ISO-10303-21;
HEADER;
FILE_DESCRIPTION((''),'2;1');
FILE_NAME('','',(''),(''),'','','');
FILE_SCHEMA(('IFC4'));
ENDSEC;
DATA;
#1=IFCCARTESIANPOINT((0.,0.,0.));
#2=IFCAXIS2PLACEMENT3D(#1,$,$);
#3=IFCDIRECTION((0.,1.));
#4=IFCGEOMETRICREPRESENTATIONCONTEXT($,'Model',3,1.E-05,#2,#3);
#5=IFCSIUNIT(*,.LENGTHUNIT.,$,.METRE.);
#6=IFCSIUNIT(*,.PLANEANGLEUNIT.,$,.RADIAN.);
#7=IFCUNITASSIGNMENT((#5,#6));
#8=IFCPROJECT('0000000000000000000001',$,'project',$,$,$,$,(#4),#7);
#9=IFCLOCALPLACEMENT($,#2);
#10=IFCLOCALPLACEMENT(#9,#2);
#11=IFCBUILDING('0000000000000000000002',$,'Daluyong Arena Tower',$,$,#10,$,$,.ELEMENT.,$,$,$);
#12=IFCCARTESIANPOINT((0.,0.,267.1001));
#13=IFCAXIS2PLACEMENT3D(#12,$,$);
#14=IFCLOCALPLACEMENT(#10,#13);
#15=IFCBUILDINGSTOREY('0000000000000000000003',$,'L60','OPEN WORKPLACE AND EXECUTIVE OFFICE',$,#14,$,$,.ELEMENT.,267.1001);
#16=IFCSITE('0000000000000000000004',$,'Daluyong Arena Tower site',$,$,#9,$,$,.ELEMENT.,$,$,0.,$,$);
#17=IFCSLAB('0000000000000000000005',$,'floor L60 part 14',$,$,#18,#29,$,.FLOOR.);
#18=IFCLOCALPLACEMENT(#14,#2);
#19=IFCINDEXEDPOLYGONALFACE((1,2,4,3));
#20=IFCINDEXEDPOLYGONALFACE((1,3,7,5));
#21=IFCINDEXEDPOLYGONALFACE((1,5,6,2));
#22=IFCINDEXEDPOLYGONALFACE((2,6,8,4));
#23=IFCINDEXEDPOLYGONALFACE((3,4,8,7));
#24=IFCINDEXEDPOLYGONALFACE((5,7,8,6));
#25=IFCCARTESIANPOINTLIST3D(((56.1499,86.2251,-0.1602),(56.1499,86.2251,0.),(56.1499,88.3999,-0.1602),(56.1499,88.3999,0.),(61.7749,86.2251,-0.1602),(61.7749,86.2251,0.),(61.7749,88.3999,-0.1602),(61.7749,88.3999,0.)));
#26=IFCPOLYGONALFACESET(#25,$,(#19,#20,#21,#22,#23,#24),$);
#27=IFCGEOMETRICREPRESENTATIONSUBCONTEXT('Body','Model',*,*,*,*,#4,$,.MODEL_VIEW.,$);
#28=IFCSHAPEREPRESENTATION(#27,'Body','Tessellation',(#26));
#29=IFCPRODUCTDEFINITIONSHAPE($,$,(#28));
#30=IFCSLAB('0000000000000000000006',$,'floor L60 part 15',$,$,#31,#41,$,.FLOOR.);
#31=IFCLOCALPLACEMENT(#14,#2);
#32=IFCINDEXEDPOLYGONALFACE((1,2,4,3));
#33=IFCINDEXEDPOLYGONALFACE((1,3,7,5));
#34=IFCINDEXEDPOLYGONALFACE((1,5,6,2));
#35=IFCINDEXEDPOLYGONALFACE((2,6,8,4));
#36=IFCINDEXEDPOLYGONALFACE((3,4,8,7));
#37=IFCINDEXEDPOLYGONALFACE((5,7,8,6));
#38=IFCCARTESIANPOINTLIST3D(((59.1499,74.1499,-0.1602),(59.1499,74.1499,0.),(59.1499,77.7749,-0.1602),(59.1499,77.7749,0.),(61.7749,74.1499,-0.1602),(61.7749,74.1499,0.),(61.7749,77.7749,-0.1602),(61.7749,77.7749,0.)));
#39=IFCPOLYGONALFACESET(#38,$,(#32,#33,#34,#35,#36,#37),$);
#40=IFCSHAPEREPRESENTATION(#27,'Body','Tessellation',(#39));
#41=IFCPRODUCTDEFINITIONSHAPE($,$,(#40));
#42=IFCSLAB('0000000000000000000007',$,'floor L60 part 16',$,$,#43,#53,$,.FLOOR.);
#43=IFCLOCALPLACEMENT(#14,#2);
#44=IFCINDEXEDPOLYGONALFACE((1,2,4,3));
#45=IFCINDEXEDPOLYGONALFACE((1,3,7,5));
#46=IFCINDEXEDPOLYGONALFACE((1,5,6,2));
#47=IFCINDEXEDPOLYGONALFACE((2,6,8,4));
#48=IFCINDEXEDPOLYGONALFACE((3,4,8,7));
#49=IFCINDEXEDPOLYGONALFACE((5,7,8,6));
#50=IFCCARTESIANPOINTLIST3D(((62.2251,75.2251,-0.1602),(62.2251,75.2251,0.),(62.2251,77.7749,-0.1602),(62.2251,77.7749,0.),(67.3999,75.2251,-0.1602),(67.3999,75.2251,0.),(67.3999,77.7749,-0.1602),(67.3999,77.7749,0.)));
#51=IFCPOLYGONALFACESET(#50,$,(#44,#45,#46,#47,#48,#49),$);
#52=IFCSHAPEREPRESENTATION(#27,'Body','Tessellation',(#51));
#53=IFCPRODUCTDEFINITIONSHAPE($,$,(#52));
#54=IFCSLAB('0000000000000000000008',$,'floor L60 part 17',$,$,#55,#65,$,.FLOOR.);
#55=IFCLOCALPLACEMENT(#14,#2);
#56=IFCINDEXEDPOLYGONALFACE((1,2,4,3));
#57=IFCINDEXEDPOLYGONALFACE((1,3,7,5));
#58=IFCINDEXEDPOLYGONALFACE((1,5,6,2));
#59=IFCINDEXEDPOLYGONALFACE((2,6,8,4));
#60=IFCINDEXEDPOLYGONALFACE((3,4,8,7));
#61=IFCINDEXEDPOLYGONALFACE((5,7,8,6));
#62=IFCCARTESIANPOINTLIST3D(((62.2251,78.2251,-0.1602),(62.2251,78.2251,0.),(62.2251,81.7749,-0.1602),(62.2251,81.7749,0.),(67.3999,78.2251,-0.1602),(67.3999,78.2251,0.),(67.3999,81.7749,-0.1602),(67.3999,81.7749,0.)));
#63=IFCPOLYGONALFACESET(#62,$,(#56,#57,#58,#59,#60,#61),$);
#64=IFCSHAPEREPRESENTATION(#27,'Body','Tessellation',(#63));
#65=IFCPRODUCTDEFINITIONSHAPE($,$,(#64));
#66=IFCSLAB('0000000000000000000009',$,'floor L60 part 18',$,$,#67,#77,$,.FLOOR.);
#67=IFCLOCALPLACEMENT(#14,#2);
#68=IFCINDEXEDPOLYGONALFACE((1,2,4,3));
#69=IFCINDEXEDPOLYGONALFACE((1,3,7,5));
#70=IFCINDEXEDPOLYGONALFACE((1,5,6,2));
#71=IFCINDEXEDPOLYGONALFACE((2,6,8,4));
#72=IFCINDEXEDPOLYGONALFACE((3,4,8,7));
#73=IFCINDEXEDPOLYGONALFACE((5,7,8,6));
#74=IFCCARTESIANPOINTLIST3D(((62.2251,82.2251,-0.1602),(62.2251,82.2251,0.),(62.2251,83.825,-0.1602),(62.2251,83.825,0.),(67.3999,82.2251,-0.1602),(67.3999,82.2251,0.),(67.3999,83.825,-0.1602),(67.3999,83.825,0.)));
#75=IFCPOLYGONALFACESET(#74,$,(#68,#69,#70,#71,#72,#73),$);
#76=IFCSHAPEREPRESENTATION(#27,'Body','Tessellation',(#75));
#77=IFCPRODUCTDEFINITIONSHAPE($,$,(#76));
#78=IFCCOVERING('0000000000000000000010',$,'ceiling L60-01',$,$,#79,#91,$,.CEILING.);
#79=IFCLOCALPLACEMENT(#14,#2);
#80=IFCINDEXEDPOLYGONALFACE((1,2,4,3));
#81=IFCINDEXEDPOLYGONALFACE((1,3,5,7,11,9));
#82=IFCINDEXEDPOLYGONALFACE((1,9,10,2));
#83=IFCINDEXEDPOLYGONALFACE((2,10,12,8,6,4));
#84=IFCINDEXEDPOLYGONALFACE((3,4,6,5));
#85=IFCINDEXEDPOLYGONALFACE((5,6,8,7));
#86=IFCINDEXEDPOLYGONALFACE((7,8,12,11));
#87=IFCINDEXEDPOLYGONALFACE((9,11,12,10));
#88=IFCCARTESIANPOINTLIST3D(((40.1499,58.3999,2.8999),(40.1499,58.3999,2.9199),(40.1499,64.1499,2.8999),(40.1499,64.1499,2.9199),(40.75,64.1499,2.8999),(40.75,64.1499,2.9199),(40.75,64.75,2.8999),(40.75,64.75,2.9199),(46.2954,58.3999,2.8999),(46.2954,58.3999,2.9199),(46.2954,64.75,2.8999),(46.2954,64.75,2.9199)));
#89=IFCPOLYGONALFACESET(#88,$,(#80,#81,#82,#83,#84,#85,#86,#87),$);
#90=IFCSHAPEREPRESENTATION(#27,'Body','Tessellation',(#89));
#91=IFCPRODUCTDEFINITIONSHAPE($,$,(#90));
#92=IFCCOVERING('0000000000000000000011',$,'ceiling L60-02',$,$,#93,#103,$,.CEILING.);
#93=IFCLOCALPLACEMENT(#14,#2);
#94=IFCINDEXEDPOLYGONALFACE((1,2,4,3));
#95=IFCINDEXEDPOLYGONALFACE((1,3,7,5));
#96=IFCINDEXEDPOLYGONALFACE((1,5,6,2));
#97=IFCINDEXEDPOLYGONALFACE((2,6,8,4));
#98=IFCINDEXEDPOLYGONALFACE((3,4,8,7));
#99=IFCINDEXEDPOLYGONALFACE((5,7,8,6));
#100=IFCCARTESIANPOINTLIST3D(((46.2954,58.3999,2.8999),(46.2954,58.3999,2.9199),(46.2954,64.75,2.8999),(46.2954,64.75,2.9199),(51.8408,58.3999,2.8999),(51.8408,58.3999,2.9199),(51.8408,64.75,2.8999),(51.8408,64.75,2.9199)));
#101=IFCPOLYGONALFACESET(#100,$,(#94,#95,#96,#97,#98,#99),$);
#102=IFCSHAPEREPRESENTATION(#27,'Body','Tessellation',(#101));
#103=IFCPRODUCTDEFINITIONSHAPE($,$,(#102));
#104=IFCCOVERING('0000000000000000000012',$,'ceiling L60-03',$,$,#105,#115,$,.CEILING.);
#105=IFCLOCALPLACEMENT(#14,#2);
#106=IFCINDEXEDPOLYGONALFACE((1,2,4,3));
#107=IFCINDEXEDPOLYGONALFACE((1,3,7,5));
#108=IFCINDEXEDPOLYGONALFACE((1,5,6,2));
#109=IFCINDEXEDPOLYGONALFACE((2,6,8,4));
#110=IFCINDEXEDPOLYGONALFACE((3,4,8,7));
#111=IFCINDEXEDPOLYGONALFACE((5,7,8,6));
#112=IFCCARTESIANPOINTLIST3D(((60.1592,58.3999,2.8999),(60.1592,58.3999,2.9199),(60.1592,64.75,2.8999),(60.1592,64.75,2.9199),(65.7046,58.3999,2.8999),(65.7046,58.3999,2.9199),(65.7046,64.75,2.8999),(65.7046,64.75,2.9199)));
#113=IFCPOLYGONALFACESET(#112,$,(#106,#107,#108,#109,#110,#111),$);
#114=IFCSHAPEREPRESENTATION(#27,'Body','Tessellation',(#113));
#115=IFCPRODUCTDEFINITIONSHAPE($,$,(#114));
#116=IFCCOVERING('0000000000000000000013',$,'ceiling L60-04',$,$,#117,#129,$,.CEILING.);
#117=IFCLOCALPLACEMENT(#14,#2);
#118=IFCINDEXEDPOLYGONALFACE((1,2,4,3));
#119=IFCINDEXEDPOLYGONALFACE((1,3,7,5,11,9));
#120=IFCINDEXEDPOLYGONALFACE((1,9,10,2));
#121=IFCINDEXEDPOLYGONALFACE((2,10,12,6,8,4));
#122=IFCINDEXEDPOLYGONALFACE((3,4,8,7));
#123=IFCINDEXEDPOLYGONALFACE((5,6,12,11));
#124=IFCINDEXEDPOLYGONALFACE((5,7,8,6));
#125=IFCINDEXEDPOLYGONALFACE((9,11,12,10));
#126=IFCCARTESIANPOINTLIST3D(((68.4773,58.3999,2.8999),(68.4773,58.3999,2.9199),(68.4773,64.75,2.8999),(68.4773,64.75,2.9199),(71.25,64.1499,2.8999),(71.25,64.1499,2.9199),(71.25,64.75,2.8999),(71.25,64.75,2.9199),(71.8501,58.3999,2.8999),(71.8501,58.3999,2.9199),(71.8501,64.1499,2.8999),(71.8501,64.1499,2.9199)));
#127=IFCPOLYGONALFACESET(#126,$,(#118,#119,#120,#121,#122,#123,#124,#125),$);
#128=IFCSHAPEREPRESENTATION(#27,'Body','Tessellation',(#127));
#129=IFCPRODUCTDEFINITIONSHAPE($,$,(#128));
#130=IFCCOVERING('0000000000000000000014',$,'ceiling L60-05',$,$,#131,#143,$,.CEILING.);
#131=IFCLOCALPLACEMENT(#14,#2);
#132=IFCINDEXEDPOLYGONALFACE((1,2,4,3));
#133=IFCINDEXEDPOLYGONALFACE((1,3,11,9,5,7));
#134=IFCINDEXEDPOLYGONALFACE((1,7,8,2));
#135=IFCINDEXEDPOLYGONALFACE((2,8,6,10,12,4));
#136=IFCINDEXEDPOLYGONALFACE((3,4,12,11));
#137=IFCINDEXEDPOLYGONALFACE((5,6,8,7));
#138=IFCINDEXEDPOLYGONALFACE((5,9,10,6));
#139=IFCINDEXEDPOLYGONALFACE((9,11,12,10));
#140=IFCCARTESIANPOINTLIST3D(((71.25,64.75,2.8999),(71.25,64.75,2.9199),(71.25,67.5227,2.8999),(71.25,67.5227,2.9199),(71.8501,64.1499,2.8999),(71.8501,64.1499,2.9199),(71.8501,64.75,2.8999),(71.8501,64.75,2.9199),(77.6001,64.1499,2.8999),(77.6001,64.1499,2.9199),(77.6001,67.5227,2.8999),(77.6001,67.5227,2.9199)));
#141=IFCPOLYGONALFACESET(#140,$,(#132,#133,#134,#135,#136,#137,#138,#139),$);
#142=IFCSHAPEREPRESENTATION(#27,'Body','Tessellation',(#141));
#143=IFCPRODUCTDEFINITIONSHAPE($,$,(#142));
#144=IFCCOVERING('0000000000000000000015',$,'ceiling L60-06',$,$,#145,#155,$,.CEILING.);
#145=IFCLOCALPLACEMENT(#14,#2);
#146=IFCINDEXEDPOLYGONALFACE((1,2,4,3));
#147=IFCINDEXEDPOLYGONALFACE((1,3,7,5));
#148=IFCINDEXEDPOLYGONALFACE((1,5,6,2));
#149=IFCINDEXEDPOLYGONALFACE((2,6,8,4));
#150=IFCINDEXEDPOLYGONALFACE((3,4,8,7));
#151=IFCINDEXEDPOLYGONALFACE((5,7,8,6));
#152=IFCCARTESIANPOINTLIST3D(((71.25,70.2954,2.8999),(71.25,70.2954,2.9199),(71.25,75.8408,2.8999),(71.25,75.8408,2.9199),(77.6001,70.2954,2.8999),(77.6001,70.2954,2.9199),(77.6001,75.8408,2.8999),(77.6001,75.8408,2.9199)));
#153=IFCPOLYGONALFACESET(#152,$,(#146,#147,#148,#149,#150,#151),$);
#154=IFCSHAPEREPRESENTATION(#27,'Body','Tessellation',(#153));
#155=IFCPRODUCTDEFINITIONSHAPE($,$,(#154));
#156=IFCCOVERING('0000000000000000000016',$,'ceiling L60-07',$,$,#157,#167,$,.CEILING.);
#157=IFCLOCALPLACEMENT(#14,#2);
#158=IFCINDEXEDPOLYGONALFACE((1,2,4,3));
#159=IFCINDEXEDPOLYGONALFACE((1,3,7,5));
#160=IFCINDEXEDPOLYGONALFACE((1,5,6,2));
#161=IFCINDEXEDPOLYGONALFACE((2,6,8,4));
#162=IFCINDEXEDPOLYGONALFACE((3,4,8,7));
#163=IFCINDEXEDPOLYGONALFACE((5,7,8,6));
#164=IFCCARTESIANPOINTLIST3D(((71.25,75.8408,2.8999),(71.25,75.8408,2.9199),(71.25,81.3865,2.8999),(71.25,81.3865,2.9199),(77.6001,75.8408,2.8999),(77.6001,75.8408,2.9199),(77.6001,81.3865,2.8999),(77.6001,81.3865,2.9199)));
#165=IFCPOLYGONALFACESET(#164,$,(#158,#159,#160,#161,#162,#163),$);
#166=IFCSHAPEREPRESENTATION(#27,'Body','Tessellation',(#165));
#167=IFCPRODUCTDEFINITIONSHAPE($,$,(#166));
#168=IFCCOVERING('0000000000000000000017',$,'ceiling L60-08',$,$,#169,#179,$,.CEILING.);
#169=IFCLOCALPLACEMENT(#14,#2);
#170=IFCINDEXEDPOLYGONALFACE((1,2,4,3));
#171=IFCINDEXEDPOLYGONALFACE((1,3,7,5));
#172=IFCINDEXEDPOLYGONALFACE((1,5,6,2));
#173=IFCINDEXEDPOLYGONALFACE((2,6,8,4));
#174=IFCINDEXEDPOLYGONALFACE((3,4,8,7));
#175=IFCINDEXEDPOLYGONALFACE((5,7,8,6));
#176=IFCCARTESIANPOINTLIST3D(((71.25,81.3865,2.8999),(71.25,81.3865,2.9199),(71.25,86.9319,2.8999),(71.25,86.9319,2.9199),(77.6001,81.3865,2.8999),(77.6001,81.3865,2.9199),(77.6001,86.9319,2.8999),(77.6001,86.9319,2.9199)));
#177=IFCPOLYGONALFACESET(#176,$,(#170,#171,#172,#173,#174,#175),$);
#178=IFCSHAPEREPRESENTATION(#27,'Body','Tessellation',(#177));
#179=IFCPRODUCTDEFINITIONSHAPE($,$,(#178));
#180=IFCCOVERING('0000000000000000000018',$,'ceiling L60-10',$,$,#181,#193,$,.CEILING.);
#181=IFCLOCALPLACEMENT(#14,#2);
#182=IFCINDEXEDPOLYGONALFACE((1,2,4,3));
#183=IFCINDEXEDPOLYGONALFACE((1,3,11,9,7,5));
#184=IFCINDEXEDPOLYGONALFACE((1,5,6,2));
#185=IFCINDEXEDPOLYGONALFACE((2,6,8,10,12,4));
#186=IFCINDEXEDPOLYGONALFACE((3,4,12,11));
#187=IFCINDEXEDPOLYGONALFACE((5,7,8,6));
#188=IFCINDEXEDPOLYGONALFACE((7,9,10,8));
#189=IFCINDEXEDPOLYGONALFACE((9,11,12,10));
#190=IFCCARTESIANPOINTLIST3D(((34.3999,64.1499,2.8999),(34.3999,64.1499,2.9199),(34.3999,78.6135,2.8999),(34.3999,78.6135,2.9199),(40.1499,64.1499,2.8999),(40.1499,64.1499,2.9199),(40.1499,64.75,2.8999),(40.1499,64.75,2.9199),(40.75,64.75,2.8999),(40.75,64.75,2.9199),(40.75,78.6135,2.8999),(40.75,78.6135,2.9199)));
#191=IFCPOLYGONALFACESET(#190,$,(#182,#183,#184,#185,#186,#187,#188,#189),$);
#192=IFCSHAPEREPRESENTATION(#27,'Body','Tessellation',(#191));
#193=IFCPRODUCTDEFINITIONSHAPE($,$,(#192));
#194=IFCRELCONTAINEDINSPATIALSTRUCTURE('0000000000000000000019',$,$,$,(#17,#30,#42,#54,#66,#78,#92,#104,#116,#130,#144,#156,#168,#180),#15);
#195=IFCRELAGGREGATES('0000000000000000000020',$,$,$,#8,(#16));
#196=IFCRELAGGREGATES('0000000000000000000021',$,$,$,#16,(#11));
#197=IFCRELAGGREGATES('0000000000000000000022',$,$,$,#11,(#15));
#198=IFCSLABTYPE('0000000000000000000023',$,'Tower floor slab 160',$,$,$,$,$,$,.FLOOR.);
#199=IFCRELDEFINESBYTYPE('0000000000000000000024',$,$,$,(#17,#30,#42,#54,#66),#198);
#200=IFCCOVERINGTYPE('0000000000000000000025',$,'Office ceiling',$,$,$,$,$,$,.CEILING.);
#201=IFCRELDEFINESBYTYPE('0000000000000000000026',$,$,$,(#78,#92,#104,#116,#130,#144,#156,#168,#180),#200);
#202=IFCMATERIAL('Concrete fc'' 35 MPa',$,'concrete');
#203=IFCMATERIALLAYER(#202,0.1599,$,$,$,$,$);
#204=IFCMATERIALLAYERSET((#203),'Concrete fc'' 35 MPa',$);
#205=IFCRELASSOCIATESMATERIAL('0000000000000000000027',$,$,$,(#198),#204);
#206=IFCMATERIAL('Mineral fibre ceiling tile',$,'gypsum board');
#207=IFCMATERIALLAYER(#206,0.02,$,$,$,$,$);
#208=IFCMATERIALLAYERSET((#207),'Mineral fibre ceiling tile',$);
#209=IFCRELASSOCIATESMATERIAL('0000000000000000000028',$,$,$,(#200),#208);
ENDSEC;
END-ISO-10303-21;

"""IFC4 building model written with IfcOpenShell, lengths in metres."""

from ifc_helpers import new_model, si_unit, direction, frame, origin, place, context, subcontext, project, spatial, polyline, outline, extrude, material, layer, layer_set, type_object, element, save


model = new_model("IFC4")

# Units and contexts
model_context = context("Model", 3, precision=1e-05, world=origin(), true_north=direction((0.0, 1.0)))
body_context = subcontext(model_context, "Body", "Model", "MODEL_VIEW")
ifc_project = project(units=[si_unit("LENGTHUNIT", "METRE"), si_unit("PLANEANGLEUNIT", "RADIAN")], contexts=[model_context])

# Site, building, storey
site_placement = place(None, origin())
site = spatial("IfcSite", under=ifc_project, at=site_placement, Name="Daluyong Arena Tower site", CompositionType="ELEMENT", RefElevation=0.0)
building_placement = place(site_placement, origin())
building = spatial("IfcBuilding", under=site, at=building_placement, Name="Daluyong Arena Tower", CompositionType="ELEMENT")
storey_placement = place(building_placement, frame((0.0, 0.0, 267.1001)))
storey = spatial("IfcBuildingStorey", under=building, at=storey_placement, Name="L60", Description="OPEN WORKPLACE AND EXECUTIVE OFFICE", CompositionType="ELEMENT", Elevation=267.1001)

# Slabs
ifc_material_1 = material(Name="Concrete fc' 35 MPa", Category="concrete")
ifc_layer_1 = layer(ifc_material_1, 0.1599)
ifc_layer_set_1 = layer_set([ifc_layer_1], Name="Concrete fc' 35 MPa")
slab_type = type_object("IfcSlabType", Name="Tower floor slab 160", PredefinedType="FLOOR", material=ifc_layer_set_1)
slab_1_placement = place(storey_placement, frame((0.0, 0.0, -0.1602)))
element("IfcSlab", 1, at=slab_1_placement, inside=storey, type_object=slab_type, Name="floor L60 part 14", PredefinedType="FLOOR", context=body_context, shape_type="SweptSolid", body=[
    extrude(outline(polyline([(56.1499, 88.3999), (56.1499, 86.2251), (61.7749, 86.2251), (61.7749, 88.3999), (56.1499, 88.3999)])), origin(), (0.0, 0.0, 1.0), 0.1602),
])
slab_2_placement = place(storey_placement, frame((0.0, 0.0, -0.1602)))
element("IfcSlab", 2, at=slab_2_placement, inside=storey, type_object=slab_type, Name="floor L60 part 15", PredefinedType="FLOOR", context=body_context, shape_type="SweptSolid", body=[
    extrude(outline(polyline([(61.7749, 77.7749), (59.1499, 77.7749), (59.1499, 74.1499), (61.7749, 74.1499), (61.7749, 77.7749)])), origin(), (0.0, 0.0, 1.0), 0.1602),
])
slab_3_placement = place(storey_placement, frame((0.0, 0.0, -0.1602)))
element("IfcSlab", 3, at=slab_3_placement, inside=storey, type_object=slab_type, Name="floor L60 part 16", PredefinedType="FLOOR", context=body_context, shape_type="SweptSolid", body=[
    extrude(outline(polyline([(67.3999, 75.2251), (67.3999, 77.7749), (62.2251, 77.7749), (62.2251, 75.2251), (67.3999, 75.2251)])), origin(), (0.0, 0.0, 1.0), 0.1602),
])
slab_4_placement = place(storey_placement, frame((0.0, 0.0, -0.1602)))
element("IfcSlab", 4, at=slab_4_placement, inside=storey, type_object=slab_type, Name="floor L60 part 17", PredefinedType="FLOOR", context=body_context, shape_type="SweptSolid", body=[
    extrude(outline(polyline([(67.3999, 78.2251), (67.3999, 81.7749), (62.2251, 81.7749), (62.2251, 78.2251), (67.3999, 78.2251)])), origin(), (0.0, 0.0, 1.0), 0.1602),
])
slab_5_placement = place(storey_placement, frame((0.0, 0.0, -0.1602)))
element("IfcSlab", 5, at=slab_5_placement, inside=storey, type_object=slab_type, Name="floor L60 part 18", PredefinedType="FLOOR", context=body_context, shape_type="SweptSolid", body=[
    extrude(outline(polyline([(67.3999, 83.825), (62.2251, 83.825), (62.2251, 82.2251), (67.3999, 82.2251), (67.3999, 83.825)])), origin(), (0.0, 0.0, 1.0), 0.1602),
])

# Coverings
ifc_material_2 = material(Name="Mineral fibre ceiling tile", Category="gypsum board")
ifc_layer_2 = layer(ifc_material_2, 0.02)
ifc_layer_set_2 = layer_set([ifc_layer_2], Name="Mineral fibre ceiling tile")
covering_type = type_object("IfcCoveringType", Name="Office ceiling", PredefinedType="CEILING", material=ifc_layer_set_2)
covering_1_placement = place(storey_placement, frame((0.0, 0.0, 2.8999)))
element("IfcCovering", 6, at=covering_1_placement, inside=storey, type_object=covering_type, Name="ceiling L60-01", PredefinedType="CEILING", context=body_context, shape_type="SweptSolid", body=[
    extrude(outline(polyline([(40.1499, 64.1499), (40.1499, 58.3999), (46.2954, 58.3999), (46.2954, 64.75), (40.75, 64.75), (40.75, 64.1499), (40.1499, 64.1499)])), origin(), (0.0, 0.0, 1.0), 0.02),
])
covering_2_placement = place(storey_placement, frame((0.0, 0.0, 2.8999)))
element("IfcCovering", 7, at=covering_2_placement, inside=storey, type_object=covering_type, Name="ceiling L60-02", PredefinedType="CEILING", context=body_context, shape_type="SweptSolid", body=[
    extrude(outline(polyline([(46.2954, 64.75), (46.2954, 58.3999), (51.8408, 58.3999), (51.8408, 64.75), (46.2954, 64.75)])), origin(), (0.0, 0.0, 1.0), 0.02),
])
covering_3_placement = place(storey_placement, frame((0.0, 0.0, 2.8999)))
element("IfcCovering", 8, at=covering_3_placement, inside=storey, type_object=covering_type, Name="ceiling L60-03", PredefinedType="CEILING", context=body_context, shape_type="SweptSolid", body=[
    extrude(outline(polyline([(60.1592, 64.75), (60.1592, 58.3999), (65.7046, 58.3999), (65.7046, 64.75), (60.1592, 64.75)])), origin(), (0.0, 0.0, 1.0), 0.02),
])
covering_4_placement = place(storey_placement, frame((0.0, 0.0, 2.8999)))
element("IfcCovering", 9, at=covering_4_placement, inside=storey, type_object=covering_type, Name="ceiling L60-04", PredefinedType="CEILING", context=body_context, shape_type="SweptSolid", body=[
    extrude(outline(polyline([(71.8501, 58.3999), (71.8501, 64.1499), (71.25, 64.1499), (71.25, 64.75), (68.4773, 64.75), (68.4773, 58.3999), (71.8501, 58.3999)])), origin(), (0.0, 0.0, 1.0), 0.02),
])
covering_5_placement = place(storey_placement, frame((0.0, 0.0, 2.8999)))
element("IfcCovering", 10, at=covering_5_placement, inside=storey, type_object=covering_type, Name="ceiling L60-05", PredefinedType="CEILING", context=body_context, shape_type="SweptSolid", body=[
    extrude(outline(polyline([(71.8501, 64.1499), (77.6001, 64.1499), (77.6001, 67.5227), (71.25, 67.5227), (71.25, 64.75), (71.8501, 64.75), (71.8501, 64.1499)])), origin(), (0.0, 0.0, 1.0), 0.02),
])
covering_6_placement = place(storey_placement, frame((0.0, 0.0, 2.8999)))
element("IfcCovering", 11, at=covering_6_placement, inside=storey, type_object=covering_type, Name="ceiling L60-06", PredefinedType="CEILING", context=body_context, shape_type="SweptSolid", body=[
    extrude(outline(polyline([(71.25, 70.2954), (77.6001, 70.2954), (77.6001, 75.8408), (71.25, 75.8408), (71.25, 70.2954)])), origin(), (0.0, 0.0, 1.0), 0.02),
])
covering_7_placement = place(storey_placement, frame((0.0, 0.0, 2.8999)))
element("IfcCovering", 12, at=covering_7_placement, inside=storey, type_object=covering_type, Name="ceiling L60-07", PredefinedType="CEILING", context=body_context, shape_type="SweptSolid", body=[
    extrude(outline(polyline([(71.25, 75.8408), (77.6001, 75.8408), (77.6001, 81.3865), (71.25, 81.3865), (71.25, 75.8408)])), origin(), (0.0, 0.0, 1.0), 0.02),
])
covering_8_placement = place(storey_placement, frame((0.0, 0.0, 2.8999)))
element("IfcCovering", 13, at=covering_8_placement, inside=storey, type_object=covering_type, Name="ceiling L60-08", PredefinedType="CEILING", context=body_context, shape_type="SweptSolid", body=[
    extrude(outline(polyline([(71.25, 81.3865), (77.6001, 81.3865), (77.6001, 86.9319), (71.25, 86.9319), (71.25, 81.3865)])), origin(), (0.0, 0.0, 1.0), 0.02),
])
covering_9_placement = place(storey_placement, frame((0.0, 0.0, 2.8999)))
element("IfcCovering", 14, at=covering_9_placement, inside=storey, type_object=covering_type, Name="ceiling L60-10", PredefinedType="CEILING", context=body_context, shape_type="SweptSolid", body=[
    extrude(outline(polyline([(34.3999, 64.1499), (40.1499, 64.1499), (40.1499, 64.75), (40.75, 64.75), (40.75, 78.6135), (34.3999, 78.6135), (34.3999, 64.1499)])), origin(), (0.0, 0.0, 1.0), 0.02),
])

save(model, "model.ifc")
